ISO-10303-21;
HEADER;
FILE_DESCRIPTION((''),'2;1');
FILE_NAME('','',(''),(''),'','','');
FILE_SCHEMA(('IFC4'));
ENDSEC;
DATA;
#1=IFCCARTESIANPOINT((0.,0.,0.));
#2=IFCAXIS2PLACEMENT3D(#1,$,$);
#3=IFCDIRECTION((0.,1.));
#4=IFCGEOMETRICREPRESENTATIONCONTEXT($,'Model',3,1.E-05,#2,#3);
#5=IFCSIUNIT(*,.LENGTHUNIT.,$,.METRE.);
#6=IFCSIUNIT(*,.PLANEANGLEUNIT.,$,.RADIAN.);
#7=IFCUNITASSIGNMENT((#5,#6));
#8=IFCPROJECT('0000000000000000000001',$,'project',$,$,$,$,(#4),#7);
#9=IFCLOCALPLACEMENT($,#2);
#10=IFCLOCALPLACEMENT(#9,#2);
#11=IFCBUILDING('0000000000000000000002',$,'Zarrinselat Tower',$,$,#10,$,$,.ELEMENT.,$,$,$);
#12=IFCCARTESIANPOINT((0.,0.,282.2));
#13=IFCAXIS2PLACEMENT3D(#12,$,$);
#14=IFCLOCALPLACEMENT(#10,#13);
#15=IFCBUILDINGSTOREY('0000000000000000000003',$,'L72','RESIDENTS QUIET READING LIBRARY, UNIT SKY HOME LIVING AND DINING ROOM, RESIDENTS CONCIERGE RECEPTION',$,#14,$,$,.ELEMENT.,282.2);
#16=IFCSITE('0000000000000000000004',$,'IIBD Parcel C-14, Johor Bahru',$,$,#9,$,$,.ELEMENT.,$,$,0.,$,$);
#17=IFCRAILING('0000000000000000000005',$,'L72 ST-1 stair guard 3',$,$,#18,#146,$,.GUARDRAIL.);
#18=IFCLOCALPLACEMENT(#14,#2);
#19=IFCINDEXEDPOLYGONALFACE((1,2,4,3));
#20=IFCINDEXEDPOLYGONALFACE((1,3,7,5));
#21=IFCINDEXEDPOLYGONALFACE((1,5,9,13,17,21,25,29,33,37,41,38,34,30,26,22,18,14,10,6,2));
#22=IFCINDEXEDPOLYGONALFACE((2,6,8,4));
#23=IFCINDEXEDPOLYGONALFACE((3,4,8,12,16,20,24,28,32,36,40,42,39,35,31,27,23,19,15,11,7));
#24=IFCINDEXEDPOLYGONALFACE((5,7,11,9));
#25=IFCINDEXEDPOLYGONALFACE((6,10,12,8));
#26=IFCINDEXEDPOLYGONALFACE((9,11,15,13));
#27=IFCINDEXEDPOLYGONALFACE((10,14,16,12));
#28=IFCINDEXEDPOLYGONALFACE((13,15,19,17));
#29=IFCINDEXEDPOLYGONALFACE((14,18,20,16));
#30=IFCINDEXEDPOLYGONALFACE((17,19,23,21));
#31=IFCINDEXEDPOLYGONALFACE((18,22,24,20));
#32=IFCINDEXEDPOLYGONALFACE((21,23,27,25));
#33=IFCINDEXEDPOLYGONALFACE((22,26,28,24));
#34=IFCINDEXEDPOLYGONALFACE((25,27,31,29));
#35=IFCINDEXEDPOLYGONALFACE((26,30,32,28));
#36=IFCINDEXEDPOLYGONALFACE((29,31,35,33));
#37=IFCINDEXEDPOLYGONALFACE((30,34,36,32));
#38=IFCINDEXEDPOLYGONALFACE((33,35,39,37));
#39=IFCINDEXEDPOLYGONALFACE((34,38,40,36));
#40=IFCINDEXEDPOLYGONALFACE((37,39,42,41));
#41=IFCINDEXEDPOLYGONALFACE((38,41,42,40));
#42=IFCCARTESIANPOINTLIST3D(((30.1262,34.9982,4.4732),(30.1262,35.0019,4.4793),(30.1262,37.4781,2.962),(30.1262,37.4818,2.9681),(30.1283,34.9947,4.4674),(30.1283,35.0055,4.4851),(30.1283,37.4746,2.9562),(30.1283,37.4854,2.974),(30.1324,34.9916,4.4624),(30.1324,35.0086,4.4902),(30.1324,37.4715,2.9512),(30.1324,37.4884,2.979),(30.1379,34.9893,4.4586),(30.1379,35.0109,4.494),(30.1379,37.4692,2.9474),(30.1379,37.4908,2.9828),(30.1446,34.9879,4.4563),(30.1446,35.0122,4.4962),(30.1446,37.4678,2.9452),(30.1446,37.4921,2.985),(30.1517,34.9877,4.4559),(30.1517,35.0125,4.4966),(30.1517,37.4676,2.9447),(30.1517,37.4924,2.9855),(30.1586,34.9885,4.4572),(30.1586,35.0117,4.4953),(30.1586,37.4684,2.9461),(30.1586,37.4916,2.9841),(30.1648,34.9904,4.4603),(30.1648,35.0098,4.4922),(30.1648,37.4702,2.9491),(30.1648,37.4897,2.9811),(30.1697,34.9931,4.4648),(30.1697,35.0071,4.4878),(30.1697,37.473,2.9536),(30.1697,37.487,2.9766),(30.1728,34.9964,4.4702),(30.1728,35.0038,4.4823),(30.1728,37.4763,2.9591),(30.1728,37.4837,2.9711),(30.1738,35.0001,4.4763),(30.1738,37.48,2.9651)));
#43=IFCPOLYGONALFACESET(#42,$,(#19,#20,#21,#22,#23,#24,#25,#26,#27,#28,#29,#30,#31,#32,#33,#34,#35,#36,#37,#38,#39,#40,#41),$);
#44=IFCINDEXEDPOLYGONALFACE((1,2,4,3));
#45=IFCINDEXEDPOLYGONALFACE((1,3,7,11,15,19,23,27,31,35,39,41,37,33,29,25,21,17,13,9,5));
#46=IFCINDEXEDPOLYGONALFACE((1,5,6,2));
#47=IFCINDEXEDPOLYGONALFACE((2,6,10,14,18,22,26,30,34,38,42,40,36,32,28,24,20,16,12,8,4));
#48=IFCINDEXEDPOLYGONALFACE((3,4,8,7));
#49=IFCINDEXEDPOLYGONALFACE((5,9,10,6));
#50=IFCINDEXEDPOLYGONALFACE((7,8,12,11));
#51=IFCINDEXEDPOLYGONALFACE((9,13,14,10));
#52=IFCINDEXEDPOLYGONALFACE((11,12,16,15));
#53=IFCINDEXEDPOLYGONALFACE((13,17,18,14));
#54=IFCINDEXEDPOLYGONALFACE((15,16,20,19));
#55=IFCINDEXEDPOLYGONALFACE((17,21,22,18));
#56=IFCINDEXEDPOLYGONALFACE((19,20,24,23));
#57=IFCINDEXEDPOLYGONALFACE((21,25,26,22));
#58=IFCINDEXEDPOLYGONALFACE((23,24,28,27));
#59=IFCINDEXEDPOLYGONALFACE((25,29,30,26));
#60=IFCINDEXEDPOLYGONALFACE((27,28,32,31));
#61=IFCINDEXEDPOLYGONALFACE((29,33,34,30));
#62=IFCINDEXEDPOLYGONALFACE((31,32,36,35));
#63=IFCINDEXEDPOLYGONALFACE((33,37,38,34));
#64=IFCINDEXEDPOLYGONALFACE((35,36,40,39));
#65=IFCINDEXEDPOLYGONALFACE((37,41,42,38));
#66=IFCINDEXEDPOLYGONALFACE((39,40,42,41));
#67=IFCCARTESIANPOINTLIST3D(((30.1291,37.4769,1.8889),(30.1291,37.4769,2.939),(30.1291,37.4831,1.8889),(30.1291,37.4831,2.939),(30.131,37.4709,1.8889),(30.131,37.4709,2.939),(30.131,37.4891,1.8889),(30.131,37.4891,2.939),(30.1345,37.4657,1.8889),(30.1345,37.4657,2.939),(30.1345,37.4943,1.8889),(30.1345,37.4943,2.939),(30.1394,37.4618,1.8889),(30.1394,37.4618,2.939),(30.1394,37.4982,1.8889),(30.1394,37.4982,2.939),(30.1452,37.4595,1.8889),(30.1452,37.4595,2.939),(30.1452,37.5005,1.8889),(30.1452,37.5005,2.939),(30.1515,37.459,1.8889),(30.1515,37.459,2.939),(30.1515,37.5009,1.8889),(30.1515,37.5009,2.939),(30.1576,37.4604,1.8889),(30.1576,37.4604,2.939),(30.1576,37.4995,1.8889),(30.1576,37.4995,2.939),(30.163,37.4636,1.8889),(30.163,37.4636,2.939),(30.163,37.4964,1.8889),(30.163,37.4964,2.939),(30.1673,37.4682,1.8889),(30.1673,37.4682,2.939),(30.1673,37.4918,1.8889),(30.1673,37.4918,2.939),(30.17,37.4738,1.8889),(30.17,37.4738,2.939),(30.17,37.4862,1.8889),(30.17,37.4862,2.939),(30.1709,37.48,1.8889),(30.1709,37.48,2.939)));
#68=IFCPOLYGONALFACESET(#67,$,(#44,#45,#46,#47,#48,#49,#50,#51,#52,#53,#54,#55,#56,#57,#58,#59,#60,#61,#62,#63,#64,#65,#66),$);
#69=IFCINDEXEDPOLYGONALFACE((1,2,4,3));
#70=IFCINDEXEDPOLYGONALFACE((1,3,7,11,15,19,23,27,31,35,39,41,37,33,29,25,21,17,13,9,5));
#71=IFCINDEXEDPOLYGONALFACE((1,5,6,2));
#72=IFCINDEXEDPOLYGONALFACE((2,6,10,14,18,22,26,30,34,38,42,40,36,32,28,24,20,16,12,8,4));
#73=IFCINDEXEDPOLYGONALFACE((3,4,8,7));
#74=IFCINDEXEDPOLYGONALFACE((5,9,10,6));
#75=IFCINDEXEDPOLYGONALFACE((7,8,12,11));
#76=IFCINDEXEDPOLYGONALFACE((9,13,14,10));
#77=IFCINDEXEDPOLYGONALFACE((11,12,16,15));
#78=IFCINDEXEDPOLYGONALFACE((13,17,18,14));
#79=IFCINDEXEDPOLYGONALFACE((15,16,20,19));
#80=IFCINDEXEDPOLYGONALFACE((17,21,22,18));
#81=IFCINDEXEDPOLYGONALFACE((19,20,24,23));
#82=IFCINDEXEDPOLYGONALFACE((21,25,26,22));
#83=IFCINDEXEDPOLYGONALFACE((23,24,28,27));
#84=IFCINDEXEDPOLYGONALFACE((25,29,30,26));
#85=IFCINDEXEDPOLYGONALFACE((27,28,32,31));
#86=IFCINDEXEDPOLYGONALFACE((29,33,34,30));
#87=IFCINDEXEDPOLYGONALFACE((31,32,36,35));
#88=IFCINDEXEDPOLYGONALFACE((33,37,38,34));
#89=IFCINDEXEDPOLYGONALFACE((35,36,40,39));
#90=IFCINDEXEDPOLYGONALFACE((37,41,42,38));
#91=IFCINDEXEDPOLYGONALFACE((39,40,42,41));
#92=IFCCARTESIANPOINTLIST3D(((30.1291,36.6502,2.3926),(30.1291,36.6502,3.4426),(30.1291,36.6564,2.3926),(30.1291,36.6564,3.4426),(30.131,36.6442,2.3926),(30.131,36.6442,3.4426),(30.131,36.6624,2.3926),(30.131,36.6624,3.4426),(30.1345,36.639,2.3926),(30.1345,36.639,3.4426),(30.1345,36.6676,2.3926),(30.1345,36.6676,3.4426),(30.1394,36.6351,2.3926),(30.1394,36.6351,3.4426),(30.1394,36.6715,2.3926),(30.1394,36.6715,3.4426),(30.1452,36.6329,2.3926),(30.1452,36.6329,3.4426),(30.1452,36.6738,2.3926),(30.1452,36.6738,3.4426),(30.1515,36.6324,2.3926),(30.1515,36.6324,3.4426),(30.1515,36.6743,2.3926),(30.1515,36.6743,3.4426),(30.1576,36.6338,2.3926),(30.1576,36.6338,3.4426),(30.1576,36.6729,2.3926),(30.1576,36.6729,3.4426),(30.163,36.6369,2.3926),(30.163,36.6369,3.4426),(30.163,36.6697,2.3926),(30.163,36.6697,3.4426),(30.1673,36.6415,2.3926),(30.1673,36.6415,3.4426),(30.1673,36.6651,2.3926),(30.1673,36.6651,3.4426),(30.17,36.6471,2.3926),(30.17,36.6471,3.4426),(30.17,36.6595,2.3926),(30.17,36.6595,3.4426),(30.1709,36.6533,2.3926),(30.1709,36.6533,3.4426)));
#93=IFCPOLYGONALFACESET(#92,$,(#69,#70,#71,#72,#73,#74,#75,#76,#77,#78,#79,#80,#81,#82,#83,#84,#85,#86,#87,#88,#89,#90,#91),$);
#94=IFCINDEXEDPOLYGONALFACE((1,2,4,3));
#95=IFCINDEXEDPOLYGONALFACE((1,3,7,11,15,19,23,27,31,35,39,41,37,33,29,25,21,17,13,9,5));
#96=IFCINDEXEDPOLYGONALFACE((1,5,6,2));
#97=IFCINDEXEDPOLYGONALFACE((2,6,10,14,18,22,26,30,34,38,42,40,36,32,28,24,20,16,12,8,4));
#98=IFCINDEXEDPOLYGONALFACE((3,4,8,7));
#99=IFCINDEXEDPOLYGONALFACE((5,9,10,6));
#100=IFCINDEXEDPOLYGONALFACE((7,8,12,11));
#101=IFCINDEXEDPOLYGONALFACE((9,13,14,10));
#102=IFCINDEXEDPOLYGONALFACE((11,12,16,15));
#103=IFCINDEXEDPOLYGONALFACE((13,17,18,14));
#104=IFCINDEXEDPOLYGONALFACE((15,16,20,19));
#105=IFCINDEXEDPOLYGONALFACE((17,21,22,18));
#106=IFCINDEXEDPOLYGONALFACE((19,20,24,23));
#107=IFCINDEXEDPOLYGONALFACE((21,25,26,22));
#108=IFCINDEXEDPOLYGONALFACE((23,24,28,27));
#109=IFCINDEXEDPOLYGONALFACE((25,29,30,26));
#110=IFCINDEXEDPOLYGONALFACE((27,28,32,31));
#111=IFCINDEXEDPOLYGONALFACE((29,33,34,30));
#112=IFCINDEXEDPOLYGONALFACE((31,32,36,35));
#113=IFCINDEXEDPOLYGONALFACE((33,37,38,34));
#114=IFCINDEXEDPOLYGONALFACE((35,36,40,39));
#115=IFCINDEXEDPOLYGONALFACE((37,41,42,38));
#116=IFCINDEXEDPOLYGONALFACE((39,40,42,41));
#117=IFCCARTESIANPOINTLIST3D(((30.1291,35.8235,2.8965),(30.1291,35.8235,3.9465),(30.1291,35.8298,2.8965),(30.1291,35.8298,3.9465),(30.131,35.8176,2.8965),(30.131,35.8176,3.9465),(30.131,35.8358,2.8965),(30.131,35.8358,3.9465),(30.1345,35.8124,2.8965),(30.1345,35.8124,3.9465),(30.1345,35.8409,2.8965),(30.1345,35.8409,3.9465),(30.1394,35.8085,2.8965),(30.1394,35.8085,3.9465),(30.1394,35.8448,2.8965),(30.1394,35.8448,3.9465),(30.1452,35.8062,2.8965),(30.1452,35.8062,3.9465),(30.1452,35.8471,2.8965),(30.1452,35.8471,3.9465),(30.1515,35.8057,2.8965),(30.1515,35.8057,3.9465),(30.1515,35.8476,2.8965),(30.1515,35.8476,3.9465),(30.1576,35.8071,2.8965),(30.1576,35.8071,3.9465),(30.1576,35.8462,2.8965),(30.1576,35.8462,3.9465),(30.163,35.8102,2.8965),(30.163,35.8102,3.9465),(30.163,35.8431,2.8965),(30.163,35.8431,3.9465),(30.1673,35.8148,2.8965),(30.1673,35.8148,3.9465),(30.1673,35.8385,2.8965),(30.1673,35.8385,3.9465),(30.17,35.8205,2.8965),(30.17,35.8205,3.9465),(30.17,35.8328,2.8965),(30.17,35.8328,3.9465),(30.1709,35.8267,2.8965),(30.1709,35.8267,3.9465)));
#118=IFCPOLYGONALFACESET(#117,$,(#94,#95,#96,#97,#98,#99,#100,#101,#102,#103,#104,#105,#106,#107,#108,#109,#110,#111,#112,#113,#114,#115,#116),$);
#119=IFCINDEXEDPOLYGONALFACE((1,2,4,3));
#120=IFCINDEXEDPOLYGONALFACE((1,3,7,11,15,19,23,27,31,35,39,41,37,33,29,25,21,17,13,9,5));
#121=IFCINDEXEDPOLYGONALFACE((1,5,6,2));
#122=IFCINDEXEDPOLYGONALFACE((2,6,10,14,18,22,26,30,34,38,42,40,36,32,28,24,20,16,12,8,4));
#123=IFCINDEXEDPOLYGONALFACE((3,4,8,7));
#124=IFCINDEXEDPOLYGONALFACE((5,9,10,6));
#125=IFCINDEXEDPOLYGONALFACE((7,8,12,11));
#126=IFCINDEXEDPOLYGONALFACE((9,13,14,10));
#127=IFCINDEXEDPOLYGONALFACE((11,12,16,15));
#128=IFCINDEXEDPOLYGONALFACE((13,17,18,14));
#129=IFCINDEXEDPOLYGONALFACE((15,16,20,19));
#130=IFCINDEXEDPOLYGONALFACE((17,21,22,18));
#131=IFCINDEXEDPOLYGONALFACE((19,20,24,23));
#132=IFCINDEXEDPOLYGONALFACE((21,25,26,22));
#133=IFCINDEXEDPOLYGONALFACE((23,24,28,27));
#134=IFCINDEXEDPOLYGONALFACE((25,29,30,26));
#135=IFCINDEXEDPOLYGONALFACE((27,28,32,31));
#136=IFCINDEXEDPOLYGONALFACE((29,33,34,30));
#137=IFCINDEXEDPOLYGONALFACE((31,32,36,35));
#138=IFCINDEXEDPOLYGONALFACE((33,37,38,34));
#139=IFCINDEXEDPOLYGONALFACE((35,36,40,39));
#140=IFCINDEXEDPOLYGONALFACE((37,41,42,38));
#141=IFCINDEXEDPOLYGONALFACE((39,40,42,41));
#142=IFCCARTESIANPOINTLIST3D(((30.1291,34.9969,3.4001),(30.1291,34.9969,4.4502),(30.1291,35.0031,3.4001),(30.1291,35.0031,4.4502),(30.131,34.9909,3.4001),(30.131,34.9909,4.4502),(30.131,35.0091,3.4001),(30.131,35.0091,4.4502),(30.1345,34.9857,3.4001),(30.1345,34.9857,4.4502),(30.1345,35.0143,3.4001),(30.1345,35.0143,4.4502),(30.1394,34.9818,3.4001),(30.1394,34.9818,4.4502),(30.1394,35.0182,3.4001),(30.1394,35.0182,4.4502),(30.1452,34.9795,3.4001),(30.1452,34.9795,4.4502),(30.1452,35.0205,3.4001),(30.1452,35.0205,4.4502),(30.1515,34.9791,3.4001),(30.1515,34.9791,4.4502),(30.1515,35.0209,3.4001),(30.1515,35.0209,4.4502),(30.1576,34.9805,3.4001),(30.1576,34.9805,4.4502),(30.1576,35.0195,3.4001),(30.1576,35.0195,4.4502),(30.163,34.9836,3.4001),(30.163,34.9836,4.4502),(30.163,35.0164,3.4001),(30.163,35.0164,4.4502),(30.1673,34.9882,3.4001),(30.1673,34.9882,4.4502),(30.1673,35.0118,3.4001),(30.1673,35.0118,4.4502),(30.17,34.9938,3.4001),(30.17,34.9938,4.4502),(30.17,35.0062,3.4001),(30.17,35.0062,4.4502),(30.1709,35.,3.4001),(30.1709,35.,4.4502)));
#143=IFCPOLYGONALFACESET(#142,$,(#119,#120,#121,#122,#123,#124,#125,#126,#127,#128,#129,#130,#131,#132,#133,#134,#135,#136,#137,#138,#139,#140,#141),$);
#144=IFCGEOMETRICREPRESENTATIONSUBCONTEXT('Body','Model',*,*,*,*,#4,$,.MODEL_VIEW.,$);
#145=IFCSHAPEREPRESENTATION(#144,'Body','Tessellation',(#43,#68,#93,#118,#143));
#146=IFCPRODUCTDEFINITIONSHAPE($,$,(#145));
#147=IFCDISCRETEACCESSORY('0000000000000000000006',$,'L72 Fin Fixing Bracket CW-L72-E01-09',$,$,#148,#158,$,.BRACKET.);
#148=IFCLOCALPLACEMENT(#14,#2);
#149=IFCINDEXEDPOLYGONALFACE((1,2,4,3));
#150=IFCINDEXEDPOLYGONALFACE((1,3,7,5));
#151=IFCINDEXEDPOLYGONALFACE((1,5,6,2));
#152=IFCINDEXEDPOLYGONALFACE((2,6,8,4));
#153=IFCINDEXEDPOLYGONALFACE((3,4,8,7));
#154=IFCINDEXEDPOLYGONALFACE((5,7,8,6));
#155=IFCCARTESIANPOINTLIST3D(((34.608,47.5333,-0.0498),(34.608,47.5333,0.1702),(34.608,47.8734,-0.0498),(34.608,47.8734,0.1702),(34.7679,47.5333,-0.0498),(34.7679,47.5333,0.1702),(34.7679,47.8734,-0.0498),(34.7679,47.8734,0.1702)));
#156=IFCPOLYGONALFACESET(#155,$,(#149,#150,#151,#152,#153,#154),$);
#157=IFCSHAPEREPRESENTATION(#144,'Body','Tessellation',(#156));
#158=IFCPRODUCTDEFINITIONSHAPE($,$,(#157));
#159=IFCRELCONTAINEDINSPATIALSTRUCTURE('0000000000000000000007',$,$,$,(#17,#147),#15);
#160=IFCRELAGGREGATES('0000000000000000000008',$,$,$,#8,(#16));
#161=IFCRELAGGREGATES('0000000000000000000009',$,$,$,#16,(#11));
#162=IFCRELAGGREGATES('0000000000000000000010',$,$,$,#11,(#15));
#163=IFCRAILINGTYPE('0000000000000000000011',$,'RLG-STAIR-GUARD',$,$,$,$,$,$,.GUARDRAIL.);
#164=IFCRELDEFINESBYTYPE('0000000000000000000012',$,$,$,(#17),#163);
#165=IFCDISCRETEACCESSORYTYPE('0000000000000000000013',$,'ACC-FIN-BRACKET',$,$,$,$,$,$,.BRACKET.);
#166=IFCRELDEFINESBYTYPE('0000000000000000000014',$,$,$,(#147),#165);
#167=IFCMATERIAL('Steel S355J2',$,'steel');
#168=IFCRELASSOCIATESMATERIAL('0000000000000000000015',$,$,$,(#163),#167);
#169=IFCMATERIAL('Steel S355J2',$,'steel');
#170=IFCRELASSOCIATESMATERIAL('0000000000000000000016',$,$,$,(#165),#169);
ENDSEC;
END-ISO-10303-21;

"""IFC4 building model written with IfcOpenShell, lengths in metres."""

from ifc_helpers import new_model, si_unit, direction, frame, origin, origin_2d, place, context, subcontext, project, spatial, rectangle, circle, extrude, material, type_object, element, save


model = new_model("IFC4")

# Units and contexts
model_context = context("Model", 3, precision=1e-05, world=origin(), true_north=direction((0.0, 1.0)))
body_context = subcontext(model_context, "Body", "Model", "MODEL_VIEW")
ifc_project = project(units=[si_unit("LENGTHUNIT", "METRE"), si_unit("PLANEANGLEUNIT", "RADIAN")], contexts=[model_context])

# Site, building, storey
site_placement = place(None, origin())
site = spatial("IfcSite", under=ifc_project, at=site_placement, Name="IIBD Parcel C-14, Johor Bahru", CompositionType="ELEMENT", RefElevation=0.0)
building_placement = place(site_placement, origin())
building = spatial("IfcBuilding", under=site, at=building_placement, Name="Zarrinselat Tower", CompositionType="ELEMENT")
storey_placement = place(building_placement, frame((0.0, 0.0, 282.2)))
storey = spatial("IfcBuildingStorey", under=building, at=storey_placement, Name="L72", Description="RESIDENTS QUIET READING LIBRARY, UNIT SKY HOME LIVING AND DINING ROOM, RESIDENTS CONCIERGE RECEPTION", CompositionType="ELEMENT", Elevation=282.2)

# Railing
ifc_material_1 = material(Name="Steel S355J2", Category="steel")
railing_type = type_object("IfcRailingType", Name="RLG-STAIR-GUARD", PredefinedType="GUARDRAIL", material=ifc_material_1)
railing_1_placement = place(storey_placement, frame((30.1499, 37.48, 1.8889)))
element("IfcRailing", 1, at=railing_1_placement, inside=storey, type_object=railing_type, Name="L72 ST-1 stair guard 3", PredefinedType="GUARDRAIL", context=body_context, shape_type="SweptSolid", body=[
    extrude(circle(Radius=0.0239, at=origin_2d()), frame((0.0, 0.0, 1.0762), z_axis=(0.0, -0.853942, 0.520368), x_axis=(1.0, 0.0, 0.0)), (0.0, 0.0, 1.0), 2.9041),
    extrude(circle(Radius=0.021, at=origin_2d()), origin(), (0.0, 0.0, 1.0), 1.05),
    extrude(circle(Radius=0.021, at=origin_2d()), frame((0.0, -0.8267, 0.5037)), (0.0, 0.0, 1.0), 1.05),
    extrude(circle(Radius=0.021, at=origin_2d()), frame((0.0, -1.6533, 1.0076)), (0.0, 0.0, 1.0), 1.05),
    extrude(circle(Radius=0.021, at=origin_2d()), frame((0.0, -2.48, 1.5112)), (0.0, 0.0, 1.0), 1.05),
])

# Discrete accessory
ifc_material_2 = material(Name="Steel S355J2", Category="steel")
discrete_accessory_type = type_object("IfcDiscreteAccessoryType", Name="ACC-FIN-BRACKET", PredefinedType="BRACKET", material=ifc_material_2)
discrete_accessory_placement = place(storey_placement, frame((34.688, 47.7034, -0.0498), z_axis=(0.0, 0.0, 1.0), x_axis=(0.0, 1.0, 0.0)))
element("IfcDiscreteAccessory", 2, at=discrete_accessory_placement, inside=storey, type_object=discrete_accessory_type, Name="L72 Fin Fixing Bracket CW-L72-E01-09", PredefinedType="BRACKET", context=body_context, shape_type="SweptSolid", body=[
    extrude(rectangle(XDim=0.3401, YDim=0.1599, at=origin_2d()), origin(), (0.0, 0.0, 1.0), 0.22),
])

save(model, "model.ifc")
